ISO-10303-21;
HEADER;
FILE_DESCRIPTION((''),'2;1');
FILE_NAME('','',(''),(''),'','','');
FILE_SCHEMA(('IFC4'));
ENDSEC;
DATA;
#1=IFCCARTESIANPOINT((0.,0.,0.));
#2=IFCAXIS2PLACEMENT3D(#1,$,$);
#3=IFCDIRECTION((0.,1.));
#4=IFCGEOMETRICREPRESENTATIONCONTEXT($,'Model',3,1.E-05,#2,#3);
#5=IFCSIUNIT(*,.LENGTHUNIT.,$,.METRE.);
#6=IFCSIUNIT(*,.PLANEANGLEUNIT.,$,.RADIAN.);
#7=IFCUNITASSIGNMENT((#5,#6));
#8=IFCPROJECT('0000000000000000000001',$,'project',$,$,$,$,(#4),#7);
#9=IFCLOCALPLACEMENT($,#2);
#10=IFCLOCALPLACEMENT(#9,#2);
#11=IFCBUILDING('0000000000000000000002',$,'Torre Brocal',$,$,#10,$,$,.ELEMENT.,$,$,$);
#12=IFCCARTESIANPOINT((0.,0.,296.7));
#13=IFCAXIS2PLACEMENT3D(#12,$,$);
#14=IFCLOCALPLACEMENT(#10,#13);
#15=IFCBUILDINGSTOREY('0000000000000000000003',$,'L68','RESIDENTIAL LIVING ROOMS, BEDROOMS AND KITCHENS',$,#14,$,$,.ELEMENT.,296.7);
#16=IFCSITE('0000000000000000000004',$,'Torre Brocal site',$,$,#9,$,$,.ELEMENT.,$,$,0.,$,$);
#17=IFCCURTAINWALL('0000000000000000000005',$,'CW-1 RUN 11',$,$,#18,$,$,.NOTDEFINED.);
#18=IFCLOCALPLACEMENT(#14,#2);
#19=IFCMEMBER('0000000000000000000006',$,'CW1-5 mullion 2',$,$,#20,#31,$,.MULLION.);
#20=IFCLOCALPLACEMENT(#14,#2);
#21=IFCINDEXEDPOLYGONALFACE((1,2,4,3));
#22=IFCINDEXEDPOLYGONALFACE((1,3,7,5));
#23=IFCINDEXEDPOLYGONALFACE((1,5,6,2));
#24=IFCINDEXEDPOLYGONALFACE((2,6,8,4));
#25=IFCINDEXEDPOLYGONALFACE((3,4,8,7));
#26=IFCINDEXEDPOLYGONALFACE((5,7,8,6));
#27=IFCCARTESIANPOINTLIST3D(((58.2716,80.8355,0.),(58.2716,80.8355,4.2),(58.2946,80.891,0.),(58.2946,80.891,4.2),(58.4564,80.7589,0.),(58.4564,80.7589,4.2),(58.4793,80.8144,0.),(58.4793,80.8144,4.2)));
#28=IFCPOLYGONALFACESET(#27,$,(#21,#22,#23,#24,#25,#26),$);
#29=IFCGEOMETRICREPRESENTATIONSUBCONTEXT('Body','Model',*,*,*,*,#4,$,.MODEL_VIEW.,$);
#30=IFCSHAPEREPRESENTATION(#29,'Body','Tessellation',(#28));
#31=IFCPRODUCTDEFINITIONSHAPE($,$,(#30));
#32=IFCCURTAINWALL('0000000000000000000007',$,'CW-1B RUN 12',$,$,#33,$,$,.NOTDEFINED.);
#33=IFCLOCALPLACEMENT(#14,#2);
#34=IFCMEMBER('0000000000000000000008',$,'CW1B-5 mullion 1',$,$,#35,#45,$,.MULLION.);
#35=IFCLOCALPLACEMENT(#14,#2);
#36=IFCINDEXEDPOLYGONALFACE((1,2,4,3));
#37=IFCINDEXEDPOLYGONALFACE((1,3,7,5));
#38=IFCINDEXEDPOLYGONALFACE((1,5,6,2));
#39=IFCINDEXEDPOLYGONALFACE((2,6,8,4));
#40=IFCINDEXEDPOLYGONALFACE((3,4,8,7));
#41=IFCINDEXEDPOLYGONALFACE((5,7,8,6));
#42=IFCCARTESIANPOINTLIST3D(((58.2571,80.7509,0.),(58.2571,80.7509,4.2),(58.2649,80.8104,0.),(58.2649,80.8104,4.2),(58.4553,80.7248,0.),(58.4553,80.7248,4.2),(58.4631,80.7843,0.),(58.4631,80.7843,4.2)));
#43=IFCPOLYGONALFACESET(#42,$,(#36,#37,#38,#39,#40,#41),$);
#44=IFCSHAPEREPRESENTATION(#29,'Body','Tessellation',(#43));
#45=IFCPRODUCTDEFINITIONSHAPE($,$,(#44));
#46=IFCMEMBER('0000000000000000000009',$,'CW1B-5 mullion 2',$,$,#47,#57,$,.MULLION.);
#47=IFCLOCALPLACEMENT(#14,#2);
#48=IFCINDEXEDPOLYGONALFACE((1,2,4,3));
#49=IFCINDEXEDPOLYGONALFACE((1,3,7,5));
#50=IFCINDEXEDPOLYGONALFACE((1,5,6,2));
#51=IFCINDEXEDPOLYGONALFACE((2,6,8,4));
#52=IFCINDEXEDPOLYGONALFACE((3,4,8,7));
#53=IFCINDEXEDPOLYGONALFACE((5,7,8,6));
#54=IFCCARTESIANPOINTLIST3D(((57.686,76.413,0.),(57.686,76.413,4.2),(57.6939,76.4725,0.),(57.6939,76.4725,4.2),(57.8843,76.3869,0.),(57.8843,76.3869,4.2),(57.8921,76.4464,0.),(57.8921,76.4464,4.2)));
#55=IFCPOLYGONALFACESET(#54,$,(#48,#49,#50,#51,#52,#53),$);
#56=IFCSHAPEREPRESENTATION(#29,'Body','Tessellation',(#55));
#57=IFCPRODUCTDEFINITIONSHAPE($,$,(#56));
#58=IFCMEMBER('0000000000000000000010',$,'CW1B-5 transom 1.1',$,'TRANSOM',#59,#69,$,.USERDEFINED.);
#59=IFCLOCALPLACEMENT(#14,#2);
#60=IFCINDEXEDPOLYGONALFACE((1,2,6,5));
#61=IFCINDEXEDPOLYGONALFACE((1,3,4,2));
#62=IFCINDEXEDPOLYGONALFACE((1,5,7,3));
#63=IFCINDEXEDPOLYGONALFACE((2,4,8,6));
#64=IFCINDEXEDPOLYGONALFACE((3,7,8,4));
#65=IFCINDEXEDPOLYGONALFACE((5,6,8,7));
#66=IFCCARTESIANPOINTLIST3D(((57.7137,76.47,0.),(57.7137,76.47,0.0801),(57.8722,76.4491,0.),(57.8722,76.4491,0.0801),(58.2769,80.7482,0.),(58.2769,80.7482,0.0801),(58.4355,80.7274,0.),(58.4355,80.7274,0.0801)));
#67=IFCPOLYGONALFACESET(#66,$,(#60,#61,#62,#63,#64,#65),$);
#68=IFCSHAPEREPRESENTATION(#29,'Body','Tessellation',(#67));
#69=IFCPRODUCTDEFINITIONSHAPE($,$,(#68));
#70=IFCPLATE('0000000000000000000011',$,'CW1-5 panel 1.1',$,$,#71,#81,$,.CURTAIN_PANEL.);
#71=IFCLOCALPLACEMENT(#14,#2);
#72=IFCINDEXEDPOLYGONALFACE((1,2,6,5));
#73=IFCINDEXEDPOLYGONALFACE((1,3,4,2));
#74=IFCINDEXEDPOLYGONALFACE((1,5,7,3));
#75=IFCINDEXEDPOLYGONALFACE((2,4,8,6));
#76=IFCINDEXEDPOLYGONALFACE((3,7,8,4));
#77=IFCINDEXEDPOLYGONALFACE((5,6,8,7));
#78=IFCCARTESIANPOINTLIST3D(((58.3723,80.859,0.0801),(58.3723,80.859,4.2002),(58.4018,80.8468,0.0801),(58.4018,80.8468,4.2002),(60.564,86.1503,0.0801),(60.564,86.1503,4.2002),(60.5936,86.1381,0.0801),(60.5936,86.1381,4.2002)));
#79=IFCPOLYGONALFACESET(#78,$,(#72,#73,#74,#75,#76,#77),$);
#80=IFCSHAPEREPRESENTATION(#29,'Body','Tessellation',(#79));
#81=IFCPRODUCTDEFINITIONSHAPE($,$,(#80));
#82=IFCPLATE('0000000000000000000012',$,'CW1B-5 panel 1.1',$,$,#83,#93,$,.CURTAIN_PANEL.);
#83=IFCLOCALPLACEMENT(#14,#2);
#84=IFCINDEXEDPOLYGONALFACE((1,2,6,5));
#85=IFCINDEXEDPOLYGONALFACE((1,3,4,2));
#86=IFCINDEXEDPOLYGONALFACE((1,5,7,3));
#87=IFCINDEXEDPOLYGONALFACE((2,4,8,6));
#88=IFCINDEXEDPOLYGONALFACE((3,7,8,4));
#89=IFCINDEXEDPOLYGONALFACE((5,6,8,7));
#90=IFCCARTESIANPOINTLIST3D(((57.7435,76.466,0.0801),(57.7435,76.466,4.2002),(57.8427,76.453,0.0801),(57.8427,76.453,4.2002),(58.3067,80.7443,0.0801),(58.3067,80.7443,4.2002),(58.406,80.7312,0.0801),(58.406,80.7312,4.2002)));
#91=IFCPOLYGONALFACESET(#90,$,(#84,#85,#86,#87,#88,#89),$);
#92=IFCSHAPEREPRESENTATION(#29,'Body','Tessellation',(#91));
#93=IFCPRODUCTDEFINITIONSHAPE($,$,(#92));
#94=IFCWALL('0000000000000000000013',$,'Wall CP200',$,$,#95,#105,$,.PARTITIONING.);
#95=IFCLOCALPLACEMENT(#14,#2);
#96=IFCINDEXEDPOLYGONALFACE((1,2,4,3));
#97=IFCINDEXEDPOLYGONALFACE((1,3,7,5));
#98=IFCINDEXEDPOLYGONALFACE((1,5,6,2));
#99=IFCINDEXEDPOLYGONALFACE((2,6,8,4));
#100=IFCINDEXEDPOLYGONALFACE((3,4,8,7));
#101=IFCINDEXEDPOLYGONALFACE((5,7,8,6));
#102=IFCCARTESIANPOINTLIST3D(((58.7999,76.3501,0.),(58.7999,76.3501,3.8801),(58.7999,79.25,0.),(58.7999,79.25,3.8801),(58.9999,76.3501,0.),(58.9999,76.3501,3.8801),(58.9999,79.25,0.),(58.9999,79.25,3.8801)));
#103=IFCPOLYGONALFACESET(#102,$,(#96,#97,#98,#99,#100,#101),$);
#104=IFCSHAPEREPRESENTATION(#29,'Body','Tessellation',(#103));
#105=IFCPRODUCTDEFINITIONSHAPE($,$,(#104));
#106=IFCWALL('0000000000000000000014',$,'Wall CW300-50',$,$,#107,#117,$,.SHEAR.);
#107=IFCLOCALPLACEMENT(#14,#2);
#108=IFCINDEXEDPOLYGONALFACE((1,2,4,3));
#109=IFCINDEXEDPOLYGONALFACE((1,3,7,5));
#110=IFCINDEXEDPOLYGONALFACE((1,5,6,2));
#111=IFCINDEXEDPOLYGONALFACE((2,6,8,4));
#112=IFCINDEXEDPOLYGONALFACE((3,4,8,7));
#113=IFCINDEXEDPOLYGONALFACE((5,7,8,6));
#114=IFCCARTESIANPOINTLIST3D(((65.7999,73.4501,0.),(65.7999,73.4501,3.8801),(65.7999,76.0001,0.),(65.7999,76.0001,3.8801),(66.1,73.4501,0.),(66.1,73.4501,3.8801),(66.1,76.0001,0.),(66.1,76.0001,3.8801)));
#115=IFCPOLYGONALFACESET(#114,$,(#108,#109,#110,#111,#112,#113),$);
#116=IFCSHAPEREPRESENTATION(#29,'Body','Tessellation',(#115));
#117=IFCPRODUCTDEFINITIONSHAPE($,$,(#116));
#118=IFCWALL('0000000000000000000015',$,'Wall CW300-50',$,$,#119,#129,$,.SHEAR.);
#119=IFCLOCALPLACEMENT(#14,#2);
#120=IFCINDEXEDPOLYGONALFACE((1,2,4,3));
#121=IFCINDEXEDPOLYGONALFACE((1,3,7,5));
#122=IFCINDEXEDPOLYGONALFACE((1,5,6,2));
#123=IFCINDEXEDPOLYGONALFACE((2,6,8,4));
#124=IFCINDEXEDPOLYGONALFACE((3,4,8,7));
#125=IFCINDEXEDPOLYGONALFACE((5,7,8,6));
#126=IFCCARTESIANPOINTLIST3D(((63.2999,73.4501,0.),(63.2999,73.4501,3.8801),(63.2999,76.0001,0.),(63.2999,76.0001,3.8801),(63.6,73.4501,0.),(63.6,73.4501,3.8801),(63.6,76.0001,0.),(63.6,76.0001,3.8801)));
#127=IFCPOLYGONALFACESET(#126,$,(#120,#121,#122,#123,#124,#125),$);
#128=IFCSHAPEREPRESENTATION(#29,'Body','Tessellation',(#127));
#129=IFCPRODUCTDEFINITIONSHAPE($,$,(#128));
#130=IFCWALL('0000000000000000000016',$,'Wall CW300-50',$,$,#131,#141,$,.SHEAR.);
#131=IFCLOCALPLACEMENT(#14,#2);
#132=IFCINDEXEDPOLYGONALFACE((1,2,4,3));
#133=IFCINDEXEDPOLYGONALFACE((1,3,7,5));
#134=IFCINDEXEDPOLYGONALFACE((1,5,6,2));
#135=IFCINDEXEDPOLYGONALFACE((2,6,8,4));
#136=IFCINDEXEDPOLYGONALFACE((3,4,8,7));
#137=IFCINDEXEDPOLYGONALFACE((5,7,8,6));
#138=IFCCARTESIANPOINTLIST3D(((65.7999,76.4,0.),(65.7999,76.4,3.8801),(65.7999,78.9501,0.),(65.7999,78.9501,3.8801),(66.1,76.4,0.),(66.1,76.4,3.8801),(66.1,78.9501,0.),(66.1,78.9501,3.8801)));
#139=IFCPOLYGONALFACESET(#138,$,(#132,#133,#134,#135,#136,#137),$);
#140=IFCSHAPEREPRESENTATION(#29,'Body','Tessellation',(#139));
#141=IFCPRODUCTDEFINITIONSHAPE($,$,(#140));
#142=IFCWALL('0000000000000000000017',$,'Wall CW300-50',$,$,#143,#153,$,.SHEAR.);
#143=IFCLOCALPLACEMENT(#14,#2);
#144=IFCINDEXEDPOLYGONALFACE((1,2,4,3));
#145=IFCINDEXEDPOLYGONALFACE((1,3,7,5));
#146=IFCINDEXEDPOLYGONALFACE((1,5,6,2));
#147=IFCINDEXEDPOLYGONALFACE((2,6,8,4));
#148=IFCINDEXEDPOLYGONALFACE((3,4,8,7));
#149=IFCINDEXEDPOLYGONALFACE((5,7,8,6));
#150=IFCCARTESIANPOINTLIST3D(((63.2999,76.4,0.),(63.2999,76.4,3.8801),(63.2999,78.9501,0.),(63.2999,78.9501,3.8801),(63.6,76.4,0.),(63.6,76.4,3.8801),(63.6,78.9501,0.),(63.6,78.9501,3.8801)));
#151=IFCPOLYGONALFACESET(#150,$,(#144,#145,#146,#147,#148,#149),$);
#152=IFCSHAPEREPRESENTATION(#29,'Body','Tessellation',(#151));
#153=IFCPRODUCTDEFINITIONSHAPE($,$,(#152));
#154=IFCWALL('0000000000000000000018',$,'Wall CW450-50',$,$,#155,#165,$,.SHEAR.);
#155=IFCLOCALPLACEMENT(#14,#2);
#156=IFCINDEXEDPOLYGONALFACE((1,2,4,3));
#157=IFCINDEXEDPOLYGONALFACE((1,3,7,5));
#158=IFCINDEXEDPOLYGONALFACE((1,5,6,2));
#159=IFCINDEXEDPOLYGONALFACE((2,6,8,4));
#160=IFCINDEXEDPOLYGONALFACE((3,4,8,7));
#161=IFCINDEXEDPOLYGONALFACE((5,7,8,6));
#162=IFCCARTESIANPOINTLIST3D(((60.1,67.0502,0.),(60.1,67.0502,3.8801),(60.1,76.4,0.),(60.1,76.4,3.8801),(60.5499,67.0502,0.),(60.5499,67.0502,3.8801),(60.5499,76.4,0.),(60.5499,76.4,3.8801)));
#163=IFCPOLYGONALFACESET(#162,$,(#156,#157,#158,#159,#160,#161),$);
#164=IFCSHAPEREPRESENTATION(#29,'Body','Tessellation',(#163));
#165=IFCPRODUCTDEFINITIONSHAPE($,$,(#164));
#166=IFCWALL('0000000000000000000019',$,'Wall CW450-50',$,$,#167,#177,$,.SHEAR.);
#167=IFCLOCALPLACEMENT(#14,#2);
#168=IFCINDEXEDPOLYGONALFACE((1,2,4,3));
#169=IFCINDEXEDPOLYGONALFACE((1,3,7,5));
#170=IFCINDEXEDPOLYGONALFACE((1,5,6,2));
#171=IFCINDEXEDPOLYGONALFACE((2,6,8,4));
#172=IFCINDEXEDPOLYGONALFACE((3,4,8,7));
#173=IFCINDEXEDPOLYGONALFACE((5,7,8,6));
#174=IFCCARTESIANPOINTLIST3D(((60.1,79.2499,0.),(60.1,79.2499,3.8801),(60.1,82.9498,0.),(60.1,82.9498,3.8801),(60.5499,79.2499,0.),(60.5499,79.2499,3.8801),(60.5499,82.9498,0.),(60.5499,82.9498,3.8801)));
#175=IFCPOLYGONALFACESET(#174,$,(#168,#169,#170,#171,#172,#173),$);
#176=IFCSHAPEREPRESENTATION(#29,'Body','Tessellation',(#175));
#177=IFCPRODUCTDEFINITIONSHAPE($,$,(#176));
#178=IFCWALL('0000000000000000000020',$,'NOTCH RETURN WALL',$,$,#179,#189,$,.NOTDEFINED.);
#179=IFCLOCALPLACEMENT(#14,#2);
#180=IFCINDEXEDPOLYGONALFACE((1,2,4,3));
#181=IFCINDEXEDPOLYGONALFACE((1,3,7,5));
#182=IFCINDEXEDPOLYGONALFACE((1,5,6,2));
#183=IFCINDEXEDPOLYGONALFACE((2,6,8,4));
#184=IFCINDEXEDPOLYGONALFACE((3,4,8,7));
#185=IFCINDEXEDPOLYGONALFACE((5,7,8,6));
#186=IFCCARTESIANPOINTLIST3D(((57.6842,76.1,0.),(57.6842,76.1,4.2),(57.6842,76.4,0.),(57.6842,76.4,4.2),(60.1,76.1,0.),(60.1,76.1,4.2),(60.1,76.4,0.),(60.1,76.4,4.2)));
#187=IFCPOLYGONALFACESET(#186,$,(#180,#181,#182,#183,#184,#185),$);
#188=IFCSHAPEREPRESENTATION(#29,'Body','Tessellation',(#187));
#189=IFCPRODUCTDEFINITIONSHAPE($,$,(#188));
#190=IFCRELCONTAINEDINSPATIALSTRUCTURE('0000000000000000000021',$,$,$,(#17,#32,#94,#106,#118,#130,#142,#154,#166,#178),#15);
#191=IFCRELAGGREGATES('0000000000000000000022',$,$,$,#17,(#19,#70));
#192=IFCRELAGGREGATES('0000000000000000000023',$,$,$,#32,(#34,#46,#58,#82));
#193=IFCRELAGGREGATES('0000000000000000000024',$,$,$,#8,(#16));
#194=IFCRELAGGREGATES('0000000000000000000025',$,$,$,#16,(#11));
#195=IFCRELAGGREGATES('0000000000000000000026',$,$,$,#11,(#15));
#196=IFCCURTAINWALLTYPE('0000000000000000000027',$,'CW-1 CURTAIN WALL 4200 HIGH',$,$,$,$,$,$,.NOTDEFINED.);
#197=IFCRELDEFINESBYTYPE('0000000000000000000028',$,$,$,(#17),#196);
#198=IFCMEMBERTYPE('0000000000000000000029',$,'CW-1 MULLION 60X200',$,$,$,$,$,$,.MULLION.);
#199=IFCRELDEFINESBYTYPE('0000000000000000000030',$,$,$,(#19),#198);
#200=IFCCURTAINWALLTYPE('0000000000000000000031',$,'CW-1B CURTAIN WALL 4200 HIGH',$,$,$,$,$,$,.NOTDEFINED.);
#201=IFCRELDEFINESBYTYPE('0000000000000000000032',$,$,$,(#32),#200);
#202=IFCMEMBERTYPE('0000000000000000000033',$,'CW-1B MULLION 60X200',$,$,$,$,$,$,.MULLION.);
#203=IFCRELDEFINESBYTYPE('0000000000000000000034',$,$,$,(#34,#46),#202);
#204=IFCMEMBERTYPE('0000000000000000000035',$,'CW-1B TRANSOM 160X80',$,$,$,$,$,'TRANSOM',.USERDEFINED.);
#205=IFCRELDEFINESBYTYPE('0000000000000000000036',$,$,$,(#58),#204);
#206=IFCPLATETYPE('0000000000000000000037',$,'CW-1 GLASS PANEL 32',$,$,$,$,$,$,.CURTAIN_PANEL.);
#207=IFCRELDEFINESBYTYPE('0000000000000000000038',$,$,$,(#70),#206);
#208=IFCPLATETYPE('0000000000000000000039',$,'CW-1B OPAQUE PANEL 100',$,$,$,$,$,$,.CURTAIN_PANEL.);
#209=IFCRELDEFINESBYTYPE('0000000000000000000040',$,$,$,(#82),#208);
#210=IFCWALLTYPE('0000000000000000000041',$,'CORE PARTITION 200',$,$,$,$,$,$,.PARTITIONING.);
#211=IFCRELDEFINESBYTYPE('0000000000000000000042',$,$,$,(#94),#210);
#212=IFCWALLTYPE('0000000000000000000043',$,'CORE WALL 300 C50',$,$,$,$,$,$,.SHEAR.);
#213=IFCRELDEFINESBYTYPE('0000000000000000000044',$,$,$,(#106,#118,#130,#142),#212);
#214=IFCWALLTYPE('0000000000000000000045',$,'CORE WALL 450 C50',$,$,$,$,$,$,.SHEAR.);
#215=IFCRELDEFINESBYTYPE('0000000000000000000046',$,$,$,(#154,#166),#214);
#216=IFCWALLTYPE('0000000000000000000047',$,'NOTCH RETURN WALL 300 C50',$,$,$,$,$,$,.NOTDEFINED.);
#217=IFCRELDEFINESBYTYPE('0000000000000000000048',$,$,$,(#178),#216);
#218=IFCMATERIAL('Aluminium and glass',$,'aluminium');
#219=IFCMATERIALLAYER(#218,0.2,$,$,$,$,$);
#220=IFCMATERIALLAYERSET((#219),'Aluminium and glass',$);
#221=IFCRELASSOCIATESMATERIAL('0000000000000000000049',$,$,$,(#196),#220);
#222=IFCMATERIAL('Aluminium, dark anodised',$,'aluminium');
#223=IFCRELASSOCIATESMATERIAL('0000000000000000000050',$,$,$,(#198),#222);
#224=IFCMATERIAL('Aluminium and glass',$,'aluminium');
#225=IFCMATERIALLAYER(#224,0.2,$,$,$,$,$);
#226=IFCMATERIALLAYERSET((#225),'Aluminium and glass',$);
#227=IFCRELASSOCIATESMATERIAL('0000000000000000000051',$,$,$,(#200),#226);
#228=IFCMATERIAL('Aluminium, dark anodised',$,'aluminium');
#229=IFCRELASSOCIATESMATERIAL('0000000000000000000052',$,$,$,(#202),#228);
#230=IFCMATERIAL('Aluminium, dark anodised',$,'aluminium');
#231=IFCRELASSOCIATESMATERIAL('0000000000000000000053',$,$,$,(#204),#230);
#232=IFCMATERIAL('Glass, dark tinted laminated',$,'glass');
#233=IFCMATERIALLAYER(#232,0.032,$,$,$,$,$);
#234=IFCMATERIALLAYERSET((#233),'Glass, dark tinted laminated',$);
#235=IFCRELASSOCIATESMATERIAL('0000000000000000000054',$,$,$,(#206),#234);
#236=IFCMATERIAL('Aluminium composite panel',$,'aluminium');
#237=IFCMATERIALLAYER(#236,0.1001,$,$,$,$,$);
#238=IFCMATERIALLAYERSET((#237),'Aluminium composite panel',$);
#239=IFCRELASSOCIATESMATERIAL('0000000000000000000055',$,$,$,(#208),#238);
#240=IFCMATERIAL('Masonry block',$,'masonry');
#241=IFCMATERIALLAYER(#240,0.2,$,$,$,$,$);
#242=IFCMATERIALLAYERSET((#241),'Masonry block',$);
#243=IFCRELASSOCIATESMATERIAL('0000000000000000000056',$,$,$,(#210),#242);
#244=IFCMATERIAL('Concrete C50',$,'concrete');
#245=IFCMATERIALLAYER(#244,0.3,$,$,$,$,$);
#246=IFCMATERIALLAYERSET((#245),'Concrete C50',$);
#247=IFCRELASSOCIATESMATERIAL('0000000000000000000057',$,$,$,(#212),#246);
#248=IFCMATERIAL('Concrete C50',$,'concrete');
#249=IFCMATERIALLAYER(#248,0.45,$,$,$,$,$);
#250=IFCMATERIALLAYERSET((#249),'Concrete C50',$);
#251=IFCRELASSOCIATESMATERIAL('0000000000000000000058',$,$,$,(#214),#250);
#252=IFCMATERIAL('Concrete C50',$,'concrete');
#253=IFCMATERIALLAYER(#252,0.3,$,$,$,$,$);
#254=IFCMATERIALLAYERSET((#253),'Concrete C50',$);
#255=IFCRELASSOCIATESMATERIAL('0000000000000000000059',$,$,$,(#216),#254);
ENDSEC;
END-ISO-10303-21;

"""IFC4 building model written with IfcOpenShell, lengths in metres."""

from ifc_helpers import new_model, si_unit, direction, frame, frame_2d, origin, origin_2d, place, context, subcontext, project, spatial, rectangle, extrude, material, layer, layer_set, material_profile, profile_set, type_object, element, aggregate, save


model = new_model("IFC4")

# Units and contexts
model_context = context("Model", 3, precision=1e-05, world=origin(), true_north=direction((0.0, 1.0)))
body_context = subcontext(model_context, "Body", "Model", "MODEL_VIEW")
ifc_project = project(units=[si_unit("LENGTHUNIT", "METRE"), si_unit("PLANEANGLEUNIT", "RADIAN")], contexts=[model_context])

# Site, building, storey
site_placement = place(None, origin())
site = spatial("IfcSite", under=ifc_project, at=site_placement, Name="Torre Brocal site", CompositionType="ELEMENT", RefElevation=0.0)
building_placement = place(site_placement, origin())
building = spatial("IfcBuilding", under=site, at=building_placement, Name="Torre Brocal", CompositionType="ELEMENT")
storey_placement = place(building_placement, frame((0.0, 0.0, 296.7)))
storey = spatial("IfcBuildingStorey", under=building, at=storey_placement, Name="L68", Description="RESIDENTIAL LIVING ROOMS, BEDROOMS AND KITCHENS", CompositionType="ELEMENT", Elevation=296.7)

# Curtain wall, member
ifc_material_1 = material(Name="Aluminium and glass", Category="aluminium")
ifc_layer_1 = layer(ifc_material_1, 0.2)
ifc_layer_set_1 = layer_set([ifc_layer_1], Name="Aluminium and glass")
curtain_wall_type_1 = type_object("IfcCurtainWallType", Name="CW-1 CURTAIN WALL 4200 HIGH", PredefinedType="NOTDEFINED", material=ifc_layer_set_1)
curtain_wall_1_placement = place(storey_placement, origin())
curtain_wall_1 = element("IfcCurtainWall", 1, at=curtain_wall_1_placement, inside=storey, type_object=curtain_wall_type_1, Name="CW-1 RUN 11", PredefinedType="NOTDEFINED")
ifc_material_2 = material(Name="Aluminium, dark anodised", Category="aluminium")
ifc_material_profile_1 = material_profile(ifc_material_2, rectangle(XDim=0.2, YDim=0.0601, at=origin_2d()), Name="CW-1 MULLION 60X200")
ifc_profile_set_1 = profile_set([ifc_material_profile_1], Name="Aluminium, dark anodised")
member_type_1 = type_object("IfcMemberType", Name="CW-1 MULLION 60X200", PredefinedType="MULLION", material=ifc_profile_set_1)
member_1_placement = place(storey_placement, frame((58.3755, 80.825, 0.0), z_axis=(0.0, 0.0, 1.0), x_axis=(0.92388, -0.382683, 0.0)))
member_1 = element("IfcMember", 2, at=member_1_placement, type_object=member_type_1, Name="CW1-5 mullion 2", PredefinedType="MULLION", context=body_context, shape_type="SweptSolid", body=[
    extrude(rectangle(XDim=0.2, YDim=0.0601, at=origin_2d()), origin(), (0.0, 0.0, 1.0), 4.2),
])

# Curtain wall, members
ifc_material_3 = material(Name="Aluminium and glass", Category="aluminium")
ifc_layer_2 = layer(ifc_material_3, 0.2)
ifc_layer_set_2 = layer_set([ifc_layer_2], Name="Aluminium and glass")
curtain_wall_type_2 = type_object("IfcCurtainWallType", Name="CW-1B CURTAIN WALL 4200 HIGH", PredefinedType="NOTDEFINED", material=ifc_layer_set_2)
curtain_wall_2_placement = place(storey_placement, origin())
curtain_wall_2 = element("IfcCurtainWall", 3, at=curtain_wall_2_placement, inside=storey, type_object=curtain_wall_type_2, Name="CW-1B RUN 12", PredefinedType="NOTDEFINED")
ifc_material_4 = material(Name="Aluminium, dark anodised", Category="aluminium")
ifc_material_profile_2 = material_profile(ifc_material_4, rectangle(XDim=0.2, YDim=0.0601, at=origin_2d()), Name="CW-1B MULLION 60X200")
ifc_profile_set_2 = profile_set([ifc_material_profile_2], Name="Aluminium, dark anodised")
member_type_2 = type_object("IfcMemberType", Name="CW-1B MULLION 60X200", PredefinedType="MULLION", material=ifc_profile_set_2)
member_2_placement = place(storey_placement, frame((58.3601, 80.7676, 0.0), z_axis=(0.0, 0.0, 1.0), x_axis=(0.991445, -0.130526, 0.0)))
member_2 = element("IfcMember", 4, at=member_2_placement, type_object=member_type_2, Name="CW1B-5 mullion 1", PredefinedType="MULLION", context=body_context, shape_type="SweptSolid", body=[
    extrude(rectangle(XDim=0.2, YDim=0.0601, at=origin_2d()), origin(), (0.0, 0.0, 1.0), 4.2),
])
member_3_placement = place(storey_placement, frame((57.7891, 76.4297, 0.0), z_axis=(0.0, 0.0, 1.0), x_axis=(0.991445, -0.130526, 0.0)))
member_3 = element("IfcMember", 5, at=member_3_placement, type_object=member_type_2, Name="CW1B-5 mullion 2", PredefinedType="MULLION", context=body_context, shape_type="SweptSolid", body=[
    extrude(rectangle(XDim=0.2, YDim=0.0601, at=origin_2d()), origin(), (0.0, 0.0, 1.0), 4.2),
])
ifc_material_5 = material(Name="Aluminium, dark anodised", Category="aluminium")
ifc_material_profile_3 = material_profile(ifc_material_5, rectangle(XDim=0.1599, YDim=0.0801, at=origin_2d()), Name="CW-1B TRANSOM 160X80")
ifc_profile_set_3 = profile_set([ifc_material_profile_3], Name="Aluminium, dark anodised")
member_type_3 = type_object("IfcMemberType", Name="CW-1B TRANSOM 160X80", ElementType="TRANSOM", PredefinedType="USERDEFINED", material=ifc_profile_set_3)
member_4_placement = place(storey_placement, frame((58.3562, 80.7378, 0.04), z_axis=(-0.130522, -0.991445, 0.0), x_axis=(0.991445, -0.130522, 0.0)))
member_4 = element("IfcMember", 6, at=member_4_placement, type_object=member_type_3, Name="CW1B-5 transom 1.1", ObjectType="TRANSOM", PredefinedType="USERDEFINED", context=body_context, shape_type="SweptSolid", body=[
    extrude(rectangle(XDim=0.1599, YDim=0.0801, at=origin_2d()), origin(), (0.0, 0.0, 1.0), 4.3152),
])

# Plates
ifc_material_6 = material(Name="Glass, dark tinted laminated", Category="glass")
ifc_layer_3 = layer(ifc_material_6, 0.032)
ifc_layer_set_3 = layer_set([ifc_layer_3], Name="Glass, dark tinted laminated")
plate_type_1 = type_object("IfcPlateType", Name="CW-1 GLASS PANEL 32", PredefinedType="CURTAIN_PANEL", material=ifc_layer_set_3)
plate_1_placement = place(storey_placement, frame((59.4829, 83.4985, 0.0801), z_axis=(0.0, 0.0, 1.0), x_axis=(-0.382683, -0.92388, 0.0)))
plate_1 = element("IfcPlate", 7, at=plate_1_placement, type_object=plate_type_1, Name="CW1-5 panel 1.1", PredefinedType="CURTAIN_PANEL", context=body_context, shape_type="SweptSolid", body=[
    extrude(rectangle(XDim=5.7273, YDim=0.032, at=origin_2d()), origin(), (0.0, 0.0, 1.0), 4.1201),
])
aggregate(curtain_wall_1, [member_1, plate_1])
ifc_material_7 = material(Name="Aluminium composite panel", Category="aluminium")
ifc_layer_4 = layer(ifc_material_7, 0.1001)
ifc_layer_set_4 = layer_set([ifc_layer_4], Name="Aluminium composite panel")
plate_type_2 = type_object("IfcPlateType", Name="CW-1B OPAQUE PANEL 100", PredefinedType="CURTAIN_PANEL", material=ifc_layer_set_4)
plate_2_placement = place(storey_placement, frame((58.0747, 78.5986, 0.0801), z_axis=(0.0, 0.0, 1.0), x_axis=(-0.130526, -0.991445, 0.0)))
plate_2 = element("IfcPlate", 8, at=plate_2_placement, type_object=plate_type_2, Name="CW1B-5 panel 1.1", PredefinedType="CURTAIN_PANEL", context=body_context, shape_type="SweptSolid", body=[
    extrude(rectangle(XDim=4.3152, YDim=0.1001, at=origin_2d()), origin(), (0.0, 0.0, 1.0), 4.1201),
])
aggregate(curtain_wall_2, [member_2, member_3, member_4, plate_2])

# Walls
ifc_material_8 = material(Name="Masonry block", Category="masonry")
ifc_layer_5 = layer(ifc_material_8, 0.2)
ifc_layer_set_5 = layer_set([ifc_layer_5], Name="Masonry block")
wall_type_1 = type_object("IfcWallType", Name="CORE PARTITION 200", PredefinedType="PARTITIONING", material=ifc_layer_set_5)
wall_1_placement = place(storey_placement, frame((58.8999, 79.25, 0.0), z_axis=(0.0, 0.0, 1.0), x_axis=(0.0, -1.0, 0.0)))
element("IfcWall", 9, at=wall_1_placement, inside=storey, type_object=wall_type_1, Name="Wall CP200", PredefinedType="PARTITIONING", context=body_context, shape_type="SweptSolid", body=[
    extrude(rectangle(XDim=2.8999, YDim=0.2, at=frame_2d((1.45, 0.0))), origin(), (0.0, 0.0, 1.0), 3.8801),
])
ifc_material_9 = material(Name="Concrete C50", Category="concrete")
ifc_layer_6 = layer(ifc_material_9, 0.3)
ifc_layer_set_6 = layer_set([ifc_layer_6], Name="Concrete C50")
wall_type_2 = type_object("IfcWallType", Name="CORE WALL 300 C50", PredefinedType="SHEAR", material=ifc_layer_set_6)
for number, where, z_axis, x_axis, name in (
    (10, (65.95, 76.0, 0.0), (0.0, 0.0, 1.0), (0.0, -1.0, 0.0), "Wall CW300-50"),
    (11, (63.45, 76.0, 0.0), (0.0, 0.0, 1.0), (0.0, -1.0, 0.0), "Wall CW300-50"),
    (12, (65.95, 78.95, 0.0), (0.0, 0.0, 1.0), (0.0, -1.0, 0.0), "Wall CW300-50"),
    (13, (63.45, 78.95, 0.0), (0.0, 0.0, 1.0), (0.0, -1.0, 0.0), "Wall CW300-50"),
):
    element("IfcWall", number, at=place(storey_placement, frame(where, z_axis=z_axis, x_axis=x_axis)), inside=storey, type_object=wall_type_2, Name=name, PredefinedType="SHEAR", context=body_context, shape_type="SweptSolid", body=[
        extrude(rectangle(XDim=2.55, YDim=0.3, at=frame_2d((1.2749, 0.0))), origin(), (0.0, 0.0, 1.0), 3.8801),
    ])
ifc_material_10 = material(Name="Concrete C50", Category="concrete")
ifc_layer_7 = layer(ifc_material_10, 0.45)
ifc_layer_set_7 = layer_set([ifc_layer_7], Name="Concrete C50")
wall_type_3 = type_object("IfcWallType", Name="CORE WALL 450 C50", PredefinedType="SHEAR", material=ifc_layer_set_7)
wall_2_placement = place(storey_placement, frame((60.325, 76.3999, 0.0), z_axis=(0.0, 0.0, 1.0), x_axis=(0.0, -1.0, 0.0)))
element("IfcWall", 14, at=wall_2_placement, inside=storey, type_object=wall_type_3, Name="Wall CW450-50", PredefinedType="SHEAR", context=body_context, shape_type="SweptSolid", body=[
    extrude(rectangle(XDim=9.3499, YDim=0.45, at=frame_2d((4.6748, 0.0))), origin(), (0.0, 0.0, 1.0), 3.8801),
])
wall_3_placement = place(storey_placement, frame((60.325, 82.95, 0.0), z_axis=(0.0, 0.0, 1.0), x_axis=(0.0, -1.0, 0.0)))
element("IfcWall", 15, at=wall_3_placement, inside=storey, type_object=wall_type_3, Name="Wall CW450-50", PredefinedType="SHEAR", context=body_context, shape_type="SweptSolid", body=[
    extrude(rectangle(XDim=3.7, YDim=0.45, at=frame_2d((1.8501, 0.0))), origin(), (0.0, 0.0, 1.0), 3.8801),
])
ifc_material_11 = material(Name="Concrete C50", Category="concrete")
ifc_layer_8 = layer(ifc_material_11, 0.3)
ifc_layer_set_8 = layer_set([ifc_layer_8], Name="Concrete C50")
wall_type_4 = type_object("IfcWallType", Name="NOTCH RETURN WALL 300 C50", PredefinedType="NOTDEFINED", material=ifc_layer_set_8)
wall_4_placement = place(storey_placement, frame((60.1001, 76.25, 0.0), z_axis=(0.0, 0.0, 1.0), x_axis=(-1.0, 0.0, 0.0)))
element("IfcWall", 16, at=wall_4_placement, inside=storey, type_object=wall_type_4, Name="NOTCH RETURN WALL", PredefinedType="NOTDEFINED", context=body_context, shape_type="SweptSolid", body=[
    extrude(rectangle(XDim=2.4158, YDim=0.3, at=frame_2d((1.208, 0.0))), origin(), (0.0, 0.0, 1.0), 4.2),
])

save(model, "model.ifc")
